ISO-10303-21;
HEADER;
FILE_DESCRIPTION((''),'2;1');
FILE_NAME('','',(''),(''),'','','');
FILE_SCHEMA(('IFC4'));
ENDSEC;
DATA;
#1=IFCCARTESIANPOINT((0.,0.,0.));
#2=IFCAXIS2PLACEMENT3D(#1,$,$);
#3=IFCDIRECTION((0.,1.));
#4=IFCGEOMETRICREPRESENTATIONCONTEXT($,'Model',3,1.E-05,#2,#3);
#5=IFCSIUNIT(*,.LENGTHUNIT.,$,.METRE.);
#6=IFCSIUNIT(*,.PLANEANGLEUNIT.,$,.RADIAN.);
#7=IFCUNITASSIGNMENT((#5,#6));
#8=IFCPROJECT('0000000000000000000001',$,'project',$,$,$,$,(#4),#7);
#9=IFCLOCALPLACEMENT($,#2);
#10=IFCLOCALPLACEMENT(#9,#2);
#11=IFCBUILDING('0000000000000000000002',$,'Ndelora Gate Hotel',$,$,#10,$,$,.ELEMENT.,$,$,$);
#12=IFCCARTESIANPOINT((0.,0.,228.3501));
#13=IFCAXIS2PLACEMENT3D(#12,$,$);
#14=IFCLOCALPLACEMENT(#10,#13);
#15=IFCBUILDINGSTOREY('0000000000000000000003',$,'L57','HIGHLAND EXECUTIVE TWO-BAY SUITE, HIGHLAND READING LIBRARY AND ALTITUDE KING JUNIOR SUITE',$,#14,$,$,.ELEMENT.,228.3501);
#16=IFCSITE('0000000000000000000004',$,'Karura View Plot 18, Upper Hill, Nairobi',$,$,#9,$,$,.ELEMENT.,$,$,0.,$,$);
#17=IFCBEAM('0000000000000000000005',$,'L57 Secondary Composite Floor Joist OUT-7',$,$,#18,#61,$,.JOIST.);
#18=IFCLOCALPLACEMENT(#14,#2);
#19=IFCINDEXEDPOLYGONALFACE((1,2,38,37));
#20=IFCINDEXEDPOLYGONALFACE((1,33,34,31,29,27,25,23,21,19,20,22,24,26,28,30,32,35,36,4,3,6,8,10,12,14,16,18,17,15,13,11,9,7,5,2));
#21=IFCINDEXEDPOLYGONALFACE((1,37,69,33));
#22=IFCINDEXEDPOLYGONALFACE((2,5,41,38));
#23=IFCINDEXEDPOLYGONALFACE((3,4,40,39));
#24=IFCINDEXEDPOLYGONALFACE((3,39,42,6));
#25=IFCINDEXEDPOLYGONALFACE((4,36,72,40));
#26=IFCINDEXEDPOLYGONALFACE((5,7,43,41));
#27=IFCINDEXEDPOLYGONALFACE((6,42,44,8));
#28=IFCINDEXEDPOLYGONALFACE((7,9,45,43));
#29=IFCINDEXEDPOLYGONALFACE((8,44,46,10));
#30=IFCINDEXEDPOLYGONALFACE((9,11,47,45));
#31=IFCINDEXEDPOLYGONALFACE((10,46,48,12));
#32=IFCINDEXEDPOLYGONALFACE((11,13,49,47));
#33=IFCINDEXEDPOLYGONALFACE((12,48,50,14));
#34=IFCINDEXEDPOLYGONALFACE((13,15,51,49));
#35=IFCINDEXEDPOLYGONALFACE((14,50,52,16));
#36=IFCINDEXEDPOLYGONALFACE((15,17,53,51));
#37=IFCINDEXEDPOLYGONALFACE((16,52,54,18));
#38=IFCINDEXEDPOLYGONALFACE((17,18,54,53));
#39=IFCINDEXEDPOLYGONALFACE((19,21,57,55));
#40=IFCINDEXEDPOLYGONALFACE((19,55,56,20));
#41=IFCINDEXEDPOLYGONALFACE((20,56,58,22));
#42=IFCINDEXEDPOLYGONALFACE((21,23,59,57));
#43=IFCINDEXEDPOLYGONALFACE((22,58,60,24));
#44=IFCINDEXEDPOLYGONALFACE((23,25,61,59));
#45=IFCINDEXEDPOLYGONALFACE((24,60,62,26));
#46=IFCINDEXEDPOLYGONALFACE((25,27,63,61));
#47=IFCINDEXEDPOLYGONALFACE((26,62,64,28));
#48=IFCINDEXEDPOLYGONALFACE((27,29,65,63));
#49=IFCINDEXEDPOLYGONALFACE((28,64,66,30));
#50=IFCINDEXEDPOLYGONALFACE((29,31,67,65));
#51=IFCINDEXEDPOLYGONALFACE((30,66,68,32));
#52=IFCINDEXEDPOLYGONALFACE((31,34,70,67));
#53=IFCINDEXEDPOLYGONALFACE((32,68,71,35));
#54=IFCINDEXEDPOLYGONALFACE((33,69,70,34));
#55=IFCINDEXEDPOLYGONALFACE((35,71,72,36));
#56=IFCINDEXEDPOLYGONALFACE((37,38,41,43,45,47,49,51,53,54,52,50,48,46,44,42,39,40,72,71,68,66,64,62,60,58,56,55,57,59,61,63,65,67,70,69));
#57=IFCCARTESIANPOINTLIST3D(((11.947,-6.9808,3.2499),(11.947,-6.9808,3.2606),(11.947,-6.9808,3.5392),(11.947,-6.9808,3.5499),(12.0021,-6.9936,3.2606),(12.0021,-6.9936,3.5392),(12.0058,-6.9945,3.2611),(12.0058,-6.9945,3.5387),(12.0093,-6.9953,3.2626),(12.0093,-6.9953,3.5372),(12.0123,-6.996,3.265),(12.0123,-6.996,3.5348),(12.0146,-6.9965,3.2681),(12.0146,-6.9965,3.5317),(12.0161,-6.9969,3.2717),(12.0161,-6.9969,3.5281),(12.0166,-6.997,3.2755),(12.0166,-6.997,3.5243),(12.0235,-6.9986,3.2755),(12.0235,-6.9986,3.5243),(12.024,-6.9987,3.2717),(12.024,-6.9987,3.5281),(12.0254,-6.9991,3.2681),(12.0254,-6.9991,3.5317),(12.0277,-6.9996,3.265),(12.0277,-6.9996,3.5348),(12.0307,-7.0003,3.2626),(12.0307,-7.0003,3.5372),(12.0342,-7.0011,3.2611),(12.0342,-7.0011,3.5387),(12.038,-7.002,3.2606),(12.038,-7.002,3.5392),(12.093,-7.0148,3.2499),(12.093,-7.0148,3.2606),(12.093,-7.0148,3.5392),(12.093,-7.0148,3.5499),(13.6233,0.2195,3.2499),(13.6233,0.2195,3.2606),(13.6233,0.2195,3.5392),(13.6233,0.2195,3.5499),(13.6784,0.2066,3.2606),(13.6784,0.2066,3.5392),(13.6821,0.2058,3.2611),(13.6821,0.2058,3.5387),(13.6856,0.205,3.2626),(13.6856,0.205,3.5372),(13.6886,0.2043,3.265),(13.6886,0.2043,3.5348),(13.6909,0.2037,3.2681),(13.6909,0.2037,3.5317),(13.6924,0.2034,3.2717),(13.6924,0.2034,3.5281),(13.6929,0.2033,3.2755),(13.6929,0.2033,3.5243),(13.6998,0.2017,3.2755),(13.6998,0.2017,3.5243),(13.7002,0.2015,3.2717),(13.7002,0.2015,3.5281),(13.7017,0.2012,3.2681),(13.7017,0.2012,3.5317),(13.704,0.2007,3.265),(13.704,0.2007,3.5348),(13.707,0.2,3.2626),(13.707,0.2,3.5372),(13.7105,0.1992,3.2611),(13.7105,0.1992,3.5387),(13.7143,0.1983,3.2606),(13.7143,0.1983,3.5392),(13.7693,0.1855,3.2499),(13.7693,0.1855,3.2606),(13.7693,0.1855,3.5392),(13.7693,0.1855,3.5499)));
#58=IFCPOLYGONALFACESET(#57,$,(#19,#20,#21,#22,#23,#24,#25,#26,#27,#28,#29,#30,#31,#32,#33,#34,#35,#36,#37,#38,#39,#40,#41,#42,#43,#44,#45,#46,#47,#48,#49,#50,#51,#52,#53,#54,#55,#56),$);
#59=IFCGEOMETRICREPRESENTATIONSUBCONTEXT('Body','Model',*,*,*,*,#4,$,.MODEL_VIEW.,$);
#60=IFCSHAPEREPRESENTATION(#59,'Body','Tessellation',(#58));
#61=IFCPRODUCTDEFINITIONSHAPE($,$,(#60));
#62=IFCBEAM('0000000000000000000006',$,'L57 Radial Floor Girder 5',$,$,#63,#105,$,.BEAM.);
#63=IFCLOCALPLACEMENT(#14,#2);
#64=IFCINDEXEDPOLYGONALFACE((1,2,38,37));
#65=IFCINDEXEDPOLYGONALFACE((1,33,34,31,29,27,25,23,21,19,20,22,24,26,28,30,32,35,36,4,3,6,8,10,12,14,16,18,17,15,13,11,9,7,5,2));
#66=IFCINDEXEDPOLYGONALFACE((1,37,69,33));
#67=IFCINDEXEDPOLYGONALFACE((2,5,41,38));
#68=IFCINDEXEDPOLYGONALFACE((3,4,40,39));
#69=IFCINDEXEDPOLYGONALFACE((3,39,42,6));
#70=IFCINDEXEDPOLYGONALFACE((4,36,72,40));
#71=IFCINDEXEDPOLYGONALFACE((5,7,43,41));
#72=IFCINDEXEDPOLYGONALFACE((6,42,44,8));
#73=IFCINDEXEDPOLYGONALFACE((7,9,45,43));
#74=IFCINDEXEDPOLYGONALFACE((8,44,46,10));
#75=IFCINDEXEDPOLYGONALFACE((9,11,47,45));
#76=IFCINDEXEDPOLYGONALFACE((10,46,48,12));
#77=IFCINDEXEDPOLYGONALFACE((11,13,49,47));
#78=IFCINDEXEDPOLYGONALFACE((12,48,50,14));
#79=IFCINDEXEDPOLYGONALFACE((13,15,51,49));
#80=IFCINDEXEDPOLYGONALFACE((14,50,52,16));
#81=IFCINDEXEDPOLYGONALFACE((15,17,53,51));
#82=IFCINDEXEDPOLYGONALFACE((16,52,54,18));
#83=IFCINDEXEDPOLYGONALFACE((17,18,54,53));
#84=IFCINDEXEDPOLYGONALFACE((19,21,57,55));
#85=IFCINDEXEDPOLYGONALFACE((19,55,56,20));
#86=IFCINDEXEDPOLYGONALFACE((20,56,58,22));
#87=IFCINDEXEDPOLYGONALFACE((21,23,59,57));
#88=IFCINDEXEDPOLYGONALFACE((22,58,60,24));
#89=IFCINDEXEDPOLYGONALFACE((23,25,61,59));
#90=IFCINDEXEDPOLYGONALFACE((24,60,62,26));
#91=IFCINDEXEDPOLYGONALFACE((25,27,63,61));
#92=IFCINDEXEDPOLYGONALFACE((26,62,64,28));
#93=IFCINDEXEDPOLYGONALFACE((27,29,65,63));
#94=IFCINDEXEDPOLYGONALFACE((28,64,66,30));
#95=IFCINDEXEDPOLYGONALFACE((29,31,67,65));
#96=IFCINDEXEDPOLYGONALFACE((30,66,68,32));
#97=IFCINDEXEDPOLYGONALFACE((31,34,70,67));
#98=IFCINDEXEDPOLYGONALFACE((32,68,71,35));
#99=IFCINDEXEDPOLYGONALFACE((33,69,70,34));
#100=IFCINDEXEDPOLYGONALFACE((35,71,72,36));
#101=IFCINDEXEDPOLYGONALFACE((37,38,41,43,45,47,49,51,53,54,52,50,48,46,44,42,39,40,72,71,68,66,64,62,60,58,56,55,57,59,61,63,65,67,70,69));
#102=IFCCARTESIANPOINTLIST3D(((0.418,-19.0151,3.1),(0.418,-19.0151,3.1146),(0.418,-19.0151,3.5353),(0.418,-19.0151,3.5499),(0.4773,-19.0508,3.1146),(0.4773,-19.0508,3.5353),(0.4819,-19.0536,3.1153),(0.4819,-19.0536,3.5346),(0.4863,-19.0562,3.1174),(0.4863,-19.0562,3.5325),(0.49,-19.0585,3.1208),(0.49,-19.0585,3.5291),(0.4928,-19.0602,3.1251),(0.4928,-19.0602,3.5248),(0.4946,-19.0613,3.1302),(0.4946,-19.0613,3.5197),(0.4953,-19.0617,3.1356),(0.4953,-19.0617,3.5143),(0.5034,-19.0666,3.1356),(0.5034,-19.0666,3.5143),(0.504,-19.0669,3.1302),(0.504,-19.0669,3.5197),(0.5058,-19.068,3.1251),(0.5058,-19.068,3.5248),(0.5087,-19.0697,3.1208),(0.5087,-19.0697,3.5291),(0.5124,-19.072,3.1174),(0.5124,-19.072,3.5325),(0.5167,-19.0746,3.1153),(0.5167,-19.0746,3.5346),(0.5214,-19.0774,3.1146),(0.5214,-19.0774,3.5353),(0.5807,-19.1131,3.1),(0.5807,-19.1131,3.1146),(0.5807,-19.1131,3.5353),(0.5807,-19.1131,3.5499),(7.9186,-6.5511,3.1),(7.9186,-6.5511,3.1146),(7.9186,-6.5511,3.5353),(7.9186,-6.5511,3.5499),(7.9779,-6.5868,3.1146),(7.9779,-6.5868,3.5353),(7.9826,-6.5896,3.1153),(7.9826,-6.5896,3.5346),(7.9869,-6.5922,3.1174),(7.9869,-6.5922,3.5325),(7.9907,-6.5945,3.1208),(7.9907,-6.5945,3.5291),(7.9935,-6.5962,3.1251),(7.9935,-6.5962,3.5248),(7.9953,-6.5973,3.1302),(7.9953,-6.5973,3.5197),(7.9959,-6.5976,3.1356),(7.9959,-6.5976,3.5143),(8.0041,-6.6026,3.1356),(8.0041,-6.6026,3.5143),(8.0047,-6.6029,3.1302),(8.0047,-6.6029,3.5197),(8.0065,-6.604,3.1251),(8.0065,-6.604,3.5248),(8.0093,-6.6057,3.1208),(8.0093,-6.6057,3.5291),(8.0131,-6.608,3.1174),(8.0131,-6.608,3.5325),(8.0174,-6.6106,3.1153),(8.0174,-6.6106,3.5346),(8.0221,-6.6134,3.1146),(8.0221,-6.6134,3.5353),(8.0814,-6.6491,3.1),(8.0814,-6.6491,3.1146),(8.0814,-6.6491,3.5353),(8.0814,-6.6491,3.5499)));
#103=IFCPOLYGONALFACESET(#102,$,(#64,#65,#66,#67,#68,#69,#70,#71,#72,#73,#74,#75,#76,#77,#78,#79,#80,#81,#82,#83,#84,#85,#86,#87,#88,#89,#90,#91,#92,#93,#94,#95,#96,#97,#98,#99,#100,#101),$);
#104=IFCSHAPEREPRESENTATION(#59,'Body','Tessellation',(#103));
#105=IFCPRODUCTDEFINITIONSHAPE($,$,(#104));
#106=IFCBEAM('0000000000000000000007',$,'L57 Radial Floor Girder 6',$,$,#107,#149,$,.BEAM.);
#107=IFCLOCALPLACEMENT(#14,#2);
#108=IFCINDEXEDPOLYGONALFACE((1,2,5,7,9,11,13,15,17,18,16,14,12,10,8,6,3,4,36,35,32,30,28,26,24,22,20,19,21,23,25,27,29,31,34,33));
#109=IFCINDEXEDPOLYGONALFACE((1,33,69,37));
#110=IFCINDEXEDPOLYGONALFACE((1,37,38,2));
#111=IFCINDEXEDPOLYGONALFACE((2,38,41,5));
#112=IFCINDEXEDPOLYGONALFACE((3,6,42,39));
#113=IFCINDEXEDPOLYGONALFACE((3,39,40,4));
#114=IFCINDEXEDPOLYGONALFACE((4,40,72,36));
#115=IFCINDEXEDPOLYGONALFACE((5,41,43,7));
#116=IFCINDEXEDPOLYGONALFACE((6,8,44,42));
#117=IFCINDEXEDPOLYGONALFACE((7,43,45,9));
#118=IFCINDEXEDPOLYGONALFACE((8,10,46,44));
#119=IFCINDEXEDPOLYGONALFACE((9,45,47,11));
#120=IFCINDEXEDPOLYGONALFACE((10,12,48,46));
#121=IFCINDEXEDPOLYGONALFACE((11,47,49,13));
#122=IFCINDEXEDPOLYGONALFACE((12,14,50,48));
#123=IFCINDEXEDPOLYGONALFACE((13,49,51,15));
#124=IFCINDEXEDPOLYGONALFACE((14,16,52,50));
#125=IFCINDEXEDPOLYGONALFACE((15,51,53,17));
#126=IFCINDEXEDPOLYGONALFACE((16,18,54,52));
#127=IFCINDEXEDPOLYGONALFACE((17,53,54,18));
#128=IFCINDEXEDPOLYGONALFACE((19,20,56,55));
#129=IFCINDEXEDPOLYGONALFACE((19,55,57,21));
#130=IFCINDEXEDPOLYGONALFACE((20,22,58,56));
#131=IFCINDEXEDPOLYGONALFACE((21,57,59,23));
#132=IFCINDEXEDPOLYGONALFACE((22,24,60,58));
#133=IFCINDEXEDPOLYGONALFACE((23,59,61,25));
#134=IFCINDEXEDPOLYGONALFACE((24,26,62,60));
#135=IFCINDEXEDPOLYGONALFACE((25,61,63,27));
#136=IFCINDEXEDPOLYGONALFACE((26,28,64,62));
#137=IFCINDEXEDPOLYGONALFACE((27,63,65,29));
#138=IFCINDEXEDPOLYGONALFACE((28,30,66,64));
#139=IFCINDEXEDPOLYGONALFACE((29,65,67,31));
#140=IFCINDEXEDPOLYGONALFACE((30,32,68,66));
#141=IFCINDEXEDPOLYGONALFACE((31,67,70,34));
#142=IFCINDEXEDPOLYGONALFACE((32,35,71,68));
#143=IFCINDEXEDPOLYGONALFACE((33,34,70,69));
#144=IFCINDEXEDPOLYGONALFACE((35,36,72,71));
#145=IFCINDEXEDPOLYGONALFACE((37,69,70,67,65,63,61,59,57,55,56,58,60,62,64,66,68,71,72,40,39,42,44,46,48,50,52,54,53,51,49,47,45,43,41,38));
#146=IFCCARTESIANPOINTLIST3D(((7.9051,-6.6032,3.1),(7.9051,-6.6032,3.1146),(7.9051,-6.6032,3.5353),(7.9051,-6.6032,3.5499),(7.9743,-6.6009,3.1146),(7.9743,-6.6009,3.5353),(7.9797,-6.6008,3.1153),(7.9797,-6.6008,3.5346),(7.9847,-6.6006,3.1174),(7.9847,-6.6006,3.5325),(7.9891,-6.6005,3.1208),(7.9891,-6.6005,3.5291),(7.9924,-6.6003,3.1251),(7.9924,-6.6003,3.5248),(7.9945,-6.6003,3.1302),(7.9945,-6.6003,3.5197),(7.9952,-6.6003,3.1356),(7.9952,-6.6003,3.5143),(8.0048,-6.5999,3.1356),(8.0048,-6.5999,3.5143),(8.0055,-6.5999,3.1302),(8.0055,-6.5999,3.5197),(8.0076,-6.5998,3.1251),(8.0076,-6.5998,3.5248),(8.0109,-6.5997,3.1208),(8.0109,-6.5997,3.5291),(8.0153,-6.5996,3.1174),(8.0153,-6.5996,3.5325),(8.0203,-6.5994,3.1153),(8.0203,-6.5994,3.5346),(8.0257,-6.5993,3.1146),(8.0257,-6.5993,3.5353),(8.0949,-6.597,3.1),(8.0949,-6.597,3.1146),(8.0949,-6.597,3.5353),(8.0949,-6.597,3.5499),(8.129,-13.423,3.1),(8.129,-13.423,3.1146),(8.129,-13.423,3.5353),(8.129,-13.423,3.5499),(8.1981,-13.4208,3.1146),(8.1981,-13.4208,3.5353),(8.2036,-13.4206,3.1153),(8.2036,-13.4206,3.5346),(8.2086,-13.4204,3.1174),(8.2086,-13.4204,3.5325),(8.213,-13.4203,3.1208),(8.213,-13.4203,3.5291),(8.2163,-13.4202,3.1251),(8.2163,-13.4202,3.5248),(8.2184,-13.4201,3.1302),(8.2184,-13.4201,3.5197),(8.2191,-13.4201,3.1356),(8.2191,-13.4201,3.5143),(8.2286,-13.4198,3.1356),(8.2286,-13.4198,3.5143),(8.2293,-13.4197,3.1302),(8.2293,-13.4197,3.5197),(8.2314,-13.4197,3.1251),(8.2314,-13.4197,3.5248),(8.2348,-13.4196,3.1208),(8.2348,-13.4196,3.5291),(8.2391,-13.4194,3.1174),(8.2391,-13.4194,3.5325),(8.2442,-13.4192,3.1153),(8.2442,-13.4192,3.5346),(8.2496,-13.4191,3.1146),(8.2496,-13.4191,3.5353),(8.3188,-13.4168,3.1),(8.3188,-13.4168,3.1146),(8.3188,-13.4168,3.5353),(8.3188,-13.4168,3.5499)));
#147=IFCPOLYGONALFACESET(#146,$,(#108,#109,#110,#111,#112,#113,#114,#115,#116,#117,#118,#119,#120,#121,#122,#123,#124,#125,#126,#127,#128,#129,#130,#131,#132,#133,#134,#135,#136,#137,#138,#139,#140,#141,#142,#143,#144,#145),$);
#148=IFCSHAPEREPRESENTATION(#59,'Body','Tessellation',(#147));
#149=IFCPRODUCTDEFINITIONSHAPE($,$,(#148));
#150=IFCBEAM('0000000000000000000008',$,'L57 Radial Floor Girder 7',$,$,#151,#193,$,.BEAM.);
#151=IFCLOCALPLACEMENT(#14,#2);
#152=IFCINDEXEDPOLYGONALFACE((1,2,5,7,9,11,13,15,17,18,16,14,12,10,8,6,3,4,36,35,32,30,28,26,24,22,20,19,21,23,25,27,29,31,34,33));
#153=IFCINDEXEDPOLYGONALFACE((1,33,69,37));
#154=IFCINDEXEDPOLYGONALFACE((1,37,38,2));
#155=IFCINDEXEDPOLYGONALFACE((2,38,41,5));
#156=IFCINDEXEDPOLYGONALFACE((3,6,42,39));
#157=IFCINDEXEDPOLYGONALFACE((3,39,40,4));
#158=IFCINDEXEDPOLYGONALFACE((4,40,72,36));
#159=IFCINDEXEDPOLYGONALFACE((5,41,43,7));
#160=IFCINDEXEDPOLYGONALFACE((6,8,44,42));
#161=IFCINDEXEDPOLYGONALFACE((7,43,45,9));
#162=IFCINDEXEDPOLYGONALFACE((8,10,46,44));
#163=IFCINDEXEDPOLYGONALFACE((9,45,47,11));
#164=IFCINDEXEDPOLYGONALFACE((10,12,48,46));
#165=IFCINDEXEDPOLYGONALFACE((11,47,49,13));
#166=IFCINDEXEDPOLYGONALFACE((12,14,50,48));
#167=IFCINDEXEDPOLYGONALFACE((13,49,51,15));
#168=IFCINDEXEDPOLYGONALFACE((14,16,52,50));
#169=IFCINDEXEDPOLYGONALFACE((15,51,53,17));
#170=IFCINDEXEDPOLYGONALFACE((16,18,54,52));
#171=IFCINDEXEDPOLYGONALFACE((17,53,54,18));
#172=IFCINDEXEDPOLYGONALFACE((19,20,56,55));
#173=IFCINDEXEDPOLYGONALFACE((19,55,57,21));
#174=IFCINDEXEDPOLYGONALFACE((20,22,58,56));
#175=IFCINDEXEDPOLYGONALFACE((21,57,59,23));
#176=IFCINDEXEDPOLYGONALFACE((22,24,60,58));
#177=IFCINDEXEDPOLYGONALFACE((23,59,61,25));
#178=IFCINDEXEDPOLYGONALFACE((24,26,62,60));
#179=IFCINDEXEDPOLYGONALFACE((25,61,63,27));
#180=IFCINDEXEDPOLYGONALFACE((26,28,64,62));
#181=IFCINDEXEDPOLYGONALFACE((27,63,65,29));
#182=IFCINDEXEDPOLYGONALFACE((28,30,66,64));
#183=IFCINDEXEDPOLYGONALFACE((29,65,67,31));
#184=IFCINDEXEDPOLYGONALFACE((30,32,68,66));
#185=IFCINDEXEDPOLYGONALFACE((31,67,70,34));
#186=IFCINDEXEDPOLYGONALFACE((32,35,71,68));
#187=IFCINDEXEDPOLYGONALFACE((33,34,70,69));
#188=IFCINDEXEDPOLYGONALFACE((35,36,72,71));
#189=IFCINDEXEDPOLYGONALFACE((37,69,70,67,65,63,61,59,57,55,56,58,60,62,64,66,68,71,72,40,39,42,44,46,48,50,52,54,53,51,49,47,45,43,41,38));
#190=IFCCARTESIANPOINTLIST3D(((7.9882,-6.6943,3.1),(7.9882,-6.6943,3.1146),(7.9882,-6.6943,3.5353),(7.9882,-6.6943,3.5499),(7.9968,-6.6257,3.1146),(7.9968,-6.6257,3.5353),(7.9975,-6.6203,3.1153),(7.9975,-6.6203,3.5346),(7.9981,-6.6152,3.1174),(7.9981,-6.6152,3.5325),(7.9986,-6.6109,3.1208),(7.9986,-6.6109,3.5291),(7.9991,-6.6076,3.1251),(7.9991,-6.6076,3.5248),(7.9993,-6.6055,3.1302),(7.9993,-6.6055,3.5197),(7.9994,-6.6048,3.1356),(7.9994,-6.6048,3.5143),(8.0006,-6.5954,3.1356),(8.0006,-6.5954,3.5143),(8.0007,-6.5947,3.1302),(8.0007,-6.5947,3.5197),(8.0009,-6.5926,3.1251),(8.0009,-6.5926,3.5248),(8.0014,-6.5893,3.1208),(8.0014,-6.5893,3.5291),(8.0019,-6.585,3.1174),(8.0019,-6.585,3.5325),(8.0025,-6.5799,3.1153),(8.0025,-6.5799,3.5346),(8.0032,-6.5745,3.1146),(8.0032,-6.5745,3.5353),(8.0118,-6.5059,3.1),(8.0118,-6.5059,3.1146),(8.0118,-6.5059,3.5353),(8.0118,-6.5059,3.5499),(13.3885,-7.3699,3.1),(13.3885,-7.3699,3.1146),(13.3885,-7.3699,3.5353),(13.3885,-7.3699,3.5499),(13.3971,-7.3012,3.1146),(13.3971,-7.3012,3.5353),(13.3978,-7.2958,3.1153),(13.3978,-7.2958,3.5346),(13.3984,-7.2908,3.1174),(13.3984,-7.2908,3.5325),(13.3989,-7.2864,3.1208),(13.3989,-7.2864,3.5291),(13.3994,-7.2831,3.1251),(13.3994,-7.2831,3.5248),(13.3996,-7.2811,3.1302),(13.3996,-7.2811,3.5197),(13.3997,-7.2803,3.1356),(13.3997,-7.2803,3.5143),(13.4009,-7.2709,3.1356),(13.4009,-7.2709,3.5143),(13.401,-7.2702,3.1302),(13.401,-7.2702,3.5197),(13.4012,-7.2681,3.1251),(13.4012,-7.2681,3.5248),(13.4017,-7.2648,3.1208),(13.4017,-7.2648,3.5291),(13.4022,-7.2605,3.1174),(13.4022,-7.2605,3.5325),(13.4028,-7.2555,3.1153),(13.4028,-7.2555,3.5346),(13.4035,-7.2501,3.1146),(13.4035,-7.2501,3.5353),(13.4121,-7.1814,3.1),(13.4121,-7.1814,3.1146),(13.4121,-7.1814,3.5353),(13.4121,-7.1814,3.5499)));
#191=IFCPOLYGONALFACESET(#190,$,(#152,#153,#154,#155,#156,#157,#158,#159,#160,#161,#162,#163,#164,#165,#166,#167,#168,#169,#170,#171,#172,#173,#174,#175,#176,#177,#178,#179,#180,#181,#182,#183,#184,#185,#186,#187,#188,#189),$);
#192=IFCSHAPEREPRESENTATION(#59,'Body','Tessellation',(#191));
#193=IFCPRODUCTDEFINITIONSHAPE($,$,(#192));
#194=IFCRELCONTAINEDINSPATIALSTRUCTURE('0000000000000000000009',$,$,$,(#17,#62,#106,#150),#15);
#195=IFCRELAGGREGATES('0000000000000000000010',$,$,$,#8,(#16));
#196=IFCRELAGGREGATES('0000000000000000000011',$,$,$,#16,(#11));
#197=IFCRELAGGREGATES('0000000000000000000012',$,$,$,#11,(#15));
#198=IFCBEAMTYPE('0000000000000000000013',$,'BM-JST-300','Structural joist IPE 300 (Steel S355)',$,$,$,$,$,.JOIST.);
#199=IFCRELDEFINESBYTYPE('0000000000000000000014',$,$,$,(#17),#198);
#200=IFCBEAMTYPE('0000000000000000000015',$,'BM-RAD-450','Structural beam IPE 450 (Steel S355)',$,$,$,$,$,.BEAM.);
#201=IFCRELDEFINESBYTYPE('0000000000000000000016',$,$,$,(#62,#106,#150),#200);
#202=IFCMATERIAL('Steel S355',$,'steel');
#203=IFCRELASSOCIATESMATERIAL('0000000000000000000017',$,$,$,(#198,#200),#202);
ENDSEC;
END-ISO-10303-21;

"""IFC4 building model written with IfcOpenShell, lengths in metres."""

from ifc_helpers import new_model, si_unit, direction, frame, origin, origin_2d, place, context, subcontext, project, spatial, i_section, extrude, material, material_profile, profile_set, type_object, element, save


model = new_model("IFC4")

# Units and contexts
model_context = context("Model", 3, precision=1e-05, world=origin(), true_north=direction((0.0, 1.0)))
body_context = subcontext(model_context, "Body", "Model", "MODEL_VIEW")
ifc_project = project(units=[si_unit("LENGTHUNIT", "METRE"), si_unit("PLANEANGLEUNIT", "RADIAN")], contexts=[model_context])

# Site, building, storey
site_placement = place(None, origin())
site = spatial("IfcSite", under=ifc_project, at=site_placement, Name="Karura View Plot 18, Upper Hill, Nairobi", CompositionType="ELEMENT", RefElevation=0.0)
building_placement = place(site_placement, origin())
building = spatial("IfcBuilding", under=site, at=building_placement, Name="Ndelora Gate Hotel", CompositionType="ELEMENT")
storey_placement = place(building_placement, frame((0.0, 0.0, 228.3501)))
storey = spatial("IfcBuildingStorey", under=building, at=storey_placement, Name="L57", Description="HIGHLAND EXECUTIVE TWO-BAY SUITE, HIGHLAND READING LIBRARY AND ALTITUDE KING JUNIOR SUITE", CompositionType="ELEMENT", Elevation=228.3501)

# Beams
ifc_material_1 = material(Name="Steel S355", Category="steel")
ifc_material_profile_1 = material_profile(ifc_material_1, i_section(OverallWidth=0.1499, OverallDepth=0.3, WebThickness=0.0071, FlangeThickness=0.0107, FilletRadius=0.0149, at=origin_2d()), Name="IPE 300")
ifc_profile_set_1 = profile_set([ifc_material_profile_1], Name="Steel S355")
beam_type_1 = type_object("IfcBeamType", Name="BM-JST-300", Description="Structural joist IPE 300 (Steel S355)", PredefinedType="JOIST", material=ifc_profile_set_1)
beam_1_placement = place(storey_placement, frame((12.02, -6.9978, 3.3999), z_axis=(0.226745, 0.973954, 0.0), x_axis=(-0.973954, 0.226745, 0.0)))
element("IfcBeam", 1, at=beam_1_placement, inside=storey, type_object=beam_type_1, Name="L57 Secondary Composite Floor Joist OUT-7", PredefinedType="JOIST", context=body_context, shape_type="SweptSolid", body=[
    extrude(i_section(OverallWidth=0.1499, OverallDepth=0.3, WebThickness=0.0071, FlangeThickness=0.0107, FilletRadius=0.0149, at=origin_2d()), origin(), (0.0, 0.0, 1.0), 7.3928),
])
ifc_material_profile_2 = material_profile(ifc_material_1, i_section(OverallWidth=0.1899, OverallDepth=0.45, WebThickness=0.0095, FlangeThickness=0.0146, FilletRadius=0.021, at=origin_2d()), Name="IPE 450")
ifc_profile_set_2 = profile_set([ifc_material_profile_2], Name="Steel S355")
beam_type_2 = type_object("IfcBeamType", Name="BM-RAD-450", Description="Structural beam IPE 450 (Steel S355)", PredefinedType="BEAM", material=ifc_profile_set_2)
beam_2_placement = place(storey_placement, frame((8.0, -6.6001, 3.325), z_axis=(-0.515621, -0.856817, 0.0), x_axis=(0.856817, -0.515621, 0.0)))
element("IfcBeam", 2, at=beam_2_placement, inside=storey, type_object=beam_type_2, Name="L57 Radial Floor Girder 5", PredefinedType="BEAM", context=body_context, shape_type="SweptSolid", body=[
    extrude(i_section(OverallWidth=0.1899, OverallDepth=0.45, WebThickness=0.0095, FlangeThickness=0.0146, FilletRadius=0.021, at=origin_2d()), origin(), (0.0, 0.0, 1.0), 14.5469),
])
beam_3_placement = place(storey_placement, frame((8.0, -6.6001, 3.325), z_axis=(0.03281, -0.999462, 0.0), x_axis=(0.999462, 0.03281, 0.0)))
element("IfcBeam", 3, at=beam_3_placement, inside=storey, type_object=beam_type_2, Name="L57 Radial Floor Girder 6", PredefinedType="BEAM", context=body_context, shape_type="SweptSolid", body=[
    extrude(i_section(OverallWidth=0.1899, OverallDepth=0.45, WebThickness=0.0095, FlangeThickness=0.0146, FilletRadius=0.021, at=origin_2d()), origin(), (0.0, 0.0, 1.0), 6.8235),
])
beam_4_placement = place(storey_placement, frame((8.0, -6.6001, 3.325), z_axis=(0.992267, -0.124123, 0.0), x_axis=(0.124123, 0.992267, 0.0)))
element("IfcBeam", 4, at=beam_4_placement, inside=storey, type_object=beam_type_2, Name="L57 Radial Floor Girder 7", PredefinedType="BEAM", context=body_context, shape_type="SweptSolid", body=[
    extrude(i_section(OverallWidth=0.1899, OverallDepth=0.45, WebThickness=0.0095, FlangeThickness=0.0146, FilletRadius=0.021, at=origin_2d()), origin(), (0.0, 0.0, 1.0), 5.4424),
])

save(model, "model.ifc")
